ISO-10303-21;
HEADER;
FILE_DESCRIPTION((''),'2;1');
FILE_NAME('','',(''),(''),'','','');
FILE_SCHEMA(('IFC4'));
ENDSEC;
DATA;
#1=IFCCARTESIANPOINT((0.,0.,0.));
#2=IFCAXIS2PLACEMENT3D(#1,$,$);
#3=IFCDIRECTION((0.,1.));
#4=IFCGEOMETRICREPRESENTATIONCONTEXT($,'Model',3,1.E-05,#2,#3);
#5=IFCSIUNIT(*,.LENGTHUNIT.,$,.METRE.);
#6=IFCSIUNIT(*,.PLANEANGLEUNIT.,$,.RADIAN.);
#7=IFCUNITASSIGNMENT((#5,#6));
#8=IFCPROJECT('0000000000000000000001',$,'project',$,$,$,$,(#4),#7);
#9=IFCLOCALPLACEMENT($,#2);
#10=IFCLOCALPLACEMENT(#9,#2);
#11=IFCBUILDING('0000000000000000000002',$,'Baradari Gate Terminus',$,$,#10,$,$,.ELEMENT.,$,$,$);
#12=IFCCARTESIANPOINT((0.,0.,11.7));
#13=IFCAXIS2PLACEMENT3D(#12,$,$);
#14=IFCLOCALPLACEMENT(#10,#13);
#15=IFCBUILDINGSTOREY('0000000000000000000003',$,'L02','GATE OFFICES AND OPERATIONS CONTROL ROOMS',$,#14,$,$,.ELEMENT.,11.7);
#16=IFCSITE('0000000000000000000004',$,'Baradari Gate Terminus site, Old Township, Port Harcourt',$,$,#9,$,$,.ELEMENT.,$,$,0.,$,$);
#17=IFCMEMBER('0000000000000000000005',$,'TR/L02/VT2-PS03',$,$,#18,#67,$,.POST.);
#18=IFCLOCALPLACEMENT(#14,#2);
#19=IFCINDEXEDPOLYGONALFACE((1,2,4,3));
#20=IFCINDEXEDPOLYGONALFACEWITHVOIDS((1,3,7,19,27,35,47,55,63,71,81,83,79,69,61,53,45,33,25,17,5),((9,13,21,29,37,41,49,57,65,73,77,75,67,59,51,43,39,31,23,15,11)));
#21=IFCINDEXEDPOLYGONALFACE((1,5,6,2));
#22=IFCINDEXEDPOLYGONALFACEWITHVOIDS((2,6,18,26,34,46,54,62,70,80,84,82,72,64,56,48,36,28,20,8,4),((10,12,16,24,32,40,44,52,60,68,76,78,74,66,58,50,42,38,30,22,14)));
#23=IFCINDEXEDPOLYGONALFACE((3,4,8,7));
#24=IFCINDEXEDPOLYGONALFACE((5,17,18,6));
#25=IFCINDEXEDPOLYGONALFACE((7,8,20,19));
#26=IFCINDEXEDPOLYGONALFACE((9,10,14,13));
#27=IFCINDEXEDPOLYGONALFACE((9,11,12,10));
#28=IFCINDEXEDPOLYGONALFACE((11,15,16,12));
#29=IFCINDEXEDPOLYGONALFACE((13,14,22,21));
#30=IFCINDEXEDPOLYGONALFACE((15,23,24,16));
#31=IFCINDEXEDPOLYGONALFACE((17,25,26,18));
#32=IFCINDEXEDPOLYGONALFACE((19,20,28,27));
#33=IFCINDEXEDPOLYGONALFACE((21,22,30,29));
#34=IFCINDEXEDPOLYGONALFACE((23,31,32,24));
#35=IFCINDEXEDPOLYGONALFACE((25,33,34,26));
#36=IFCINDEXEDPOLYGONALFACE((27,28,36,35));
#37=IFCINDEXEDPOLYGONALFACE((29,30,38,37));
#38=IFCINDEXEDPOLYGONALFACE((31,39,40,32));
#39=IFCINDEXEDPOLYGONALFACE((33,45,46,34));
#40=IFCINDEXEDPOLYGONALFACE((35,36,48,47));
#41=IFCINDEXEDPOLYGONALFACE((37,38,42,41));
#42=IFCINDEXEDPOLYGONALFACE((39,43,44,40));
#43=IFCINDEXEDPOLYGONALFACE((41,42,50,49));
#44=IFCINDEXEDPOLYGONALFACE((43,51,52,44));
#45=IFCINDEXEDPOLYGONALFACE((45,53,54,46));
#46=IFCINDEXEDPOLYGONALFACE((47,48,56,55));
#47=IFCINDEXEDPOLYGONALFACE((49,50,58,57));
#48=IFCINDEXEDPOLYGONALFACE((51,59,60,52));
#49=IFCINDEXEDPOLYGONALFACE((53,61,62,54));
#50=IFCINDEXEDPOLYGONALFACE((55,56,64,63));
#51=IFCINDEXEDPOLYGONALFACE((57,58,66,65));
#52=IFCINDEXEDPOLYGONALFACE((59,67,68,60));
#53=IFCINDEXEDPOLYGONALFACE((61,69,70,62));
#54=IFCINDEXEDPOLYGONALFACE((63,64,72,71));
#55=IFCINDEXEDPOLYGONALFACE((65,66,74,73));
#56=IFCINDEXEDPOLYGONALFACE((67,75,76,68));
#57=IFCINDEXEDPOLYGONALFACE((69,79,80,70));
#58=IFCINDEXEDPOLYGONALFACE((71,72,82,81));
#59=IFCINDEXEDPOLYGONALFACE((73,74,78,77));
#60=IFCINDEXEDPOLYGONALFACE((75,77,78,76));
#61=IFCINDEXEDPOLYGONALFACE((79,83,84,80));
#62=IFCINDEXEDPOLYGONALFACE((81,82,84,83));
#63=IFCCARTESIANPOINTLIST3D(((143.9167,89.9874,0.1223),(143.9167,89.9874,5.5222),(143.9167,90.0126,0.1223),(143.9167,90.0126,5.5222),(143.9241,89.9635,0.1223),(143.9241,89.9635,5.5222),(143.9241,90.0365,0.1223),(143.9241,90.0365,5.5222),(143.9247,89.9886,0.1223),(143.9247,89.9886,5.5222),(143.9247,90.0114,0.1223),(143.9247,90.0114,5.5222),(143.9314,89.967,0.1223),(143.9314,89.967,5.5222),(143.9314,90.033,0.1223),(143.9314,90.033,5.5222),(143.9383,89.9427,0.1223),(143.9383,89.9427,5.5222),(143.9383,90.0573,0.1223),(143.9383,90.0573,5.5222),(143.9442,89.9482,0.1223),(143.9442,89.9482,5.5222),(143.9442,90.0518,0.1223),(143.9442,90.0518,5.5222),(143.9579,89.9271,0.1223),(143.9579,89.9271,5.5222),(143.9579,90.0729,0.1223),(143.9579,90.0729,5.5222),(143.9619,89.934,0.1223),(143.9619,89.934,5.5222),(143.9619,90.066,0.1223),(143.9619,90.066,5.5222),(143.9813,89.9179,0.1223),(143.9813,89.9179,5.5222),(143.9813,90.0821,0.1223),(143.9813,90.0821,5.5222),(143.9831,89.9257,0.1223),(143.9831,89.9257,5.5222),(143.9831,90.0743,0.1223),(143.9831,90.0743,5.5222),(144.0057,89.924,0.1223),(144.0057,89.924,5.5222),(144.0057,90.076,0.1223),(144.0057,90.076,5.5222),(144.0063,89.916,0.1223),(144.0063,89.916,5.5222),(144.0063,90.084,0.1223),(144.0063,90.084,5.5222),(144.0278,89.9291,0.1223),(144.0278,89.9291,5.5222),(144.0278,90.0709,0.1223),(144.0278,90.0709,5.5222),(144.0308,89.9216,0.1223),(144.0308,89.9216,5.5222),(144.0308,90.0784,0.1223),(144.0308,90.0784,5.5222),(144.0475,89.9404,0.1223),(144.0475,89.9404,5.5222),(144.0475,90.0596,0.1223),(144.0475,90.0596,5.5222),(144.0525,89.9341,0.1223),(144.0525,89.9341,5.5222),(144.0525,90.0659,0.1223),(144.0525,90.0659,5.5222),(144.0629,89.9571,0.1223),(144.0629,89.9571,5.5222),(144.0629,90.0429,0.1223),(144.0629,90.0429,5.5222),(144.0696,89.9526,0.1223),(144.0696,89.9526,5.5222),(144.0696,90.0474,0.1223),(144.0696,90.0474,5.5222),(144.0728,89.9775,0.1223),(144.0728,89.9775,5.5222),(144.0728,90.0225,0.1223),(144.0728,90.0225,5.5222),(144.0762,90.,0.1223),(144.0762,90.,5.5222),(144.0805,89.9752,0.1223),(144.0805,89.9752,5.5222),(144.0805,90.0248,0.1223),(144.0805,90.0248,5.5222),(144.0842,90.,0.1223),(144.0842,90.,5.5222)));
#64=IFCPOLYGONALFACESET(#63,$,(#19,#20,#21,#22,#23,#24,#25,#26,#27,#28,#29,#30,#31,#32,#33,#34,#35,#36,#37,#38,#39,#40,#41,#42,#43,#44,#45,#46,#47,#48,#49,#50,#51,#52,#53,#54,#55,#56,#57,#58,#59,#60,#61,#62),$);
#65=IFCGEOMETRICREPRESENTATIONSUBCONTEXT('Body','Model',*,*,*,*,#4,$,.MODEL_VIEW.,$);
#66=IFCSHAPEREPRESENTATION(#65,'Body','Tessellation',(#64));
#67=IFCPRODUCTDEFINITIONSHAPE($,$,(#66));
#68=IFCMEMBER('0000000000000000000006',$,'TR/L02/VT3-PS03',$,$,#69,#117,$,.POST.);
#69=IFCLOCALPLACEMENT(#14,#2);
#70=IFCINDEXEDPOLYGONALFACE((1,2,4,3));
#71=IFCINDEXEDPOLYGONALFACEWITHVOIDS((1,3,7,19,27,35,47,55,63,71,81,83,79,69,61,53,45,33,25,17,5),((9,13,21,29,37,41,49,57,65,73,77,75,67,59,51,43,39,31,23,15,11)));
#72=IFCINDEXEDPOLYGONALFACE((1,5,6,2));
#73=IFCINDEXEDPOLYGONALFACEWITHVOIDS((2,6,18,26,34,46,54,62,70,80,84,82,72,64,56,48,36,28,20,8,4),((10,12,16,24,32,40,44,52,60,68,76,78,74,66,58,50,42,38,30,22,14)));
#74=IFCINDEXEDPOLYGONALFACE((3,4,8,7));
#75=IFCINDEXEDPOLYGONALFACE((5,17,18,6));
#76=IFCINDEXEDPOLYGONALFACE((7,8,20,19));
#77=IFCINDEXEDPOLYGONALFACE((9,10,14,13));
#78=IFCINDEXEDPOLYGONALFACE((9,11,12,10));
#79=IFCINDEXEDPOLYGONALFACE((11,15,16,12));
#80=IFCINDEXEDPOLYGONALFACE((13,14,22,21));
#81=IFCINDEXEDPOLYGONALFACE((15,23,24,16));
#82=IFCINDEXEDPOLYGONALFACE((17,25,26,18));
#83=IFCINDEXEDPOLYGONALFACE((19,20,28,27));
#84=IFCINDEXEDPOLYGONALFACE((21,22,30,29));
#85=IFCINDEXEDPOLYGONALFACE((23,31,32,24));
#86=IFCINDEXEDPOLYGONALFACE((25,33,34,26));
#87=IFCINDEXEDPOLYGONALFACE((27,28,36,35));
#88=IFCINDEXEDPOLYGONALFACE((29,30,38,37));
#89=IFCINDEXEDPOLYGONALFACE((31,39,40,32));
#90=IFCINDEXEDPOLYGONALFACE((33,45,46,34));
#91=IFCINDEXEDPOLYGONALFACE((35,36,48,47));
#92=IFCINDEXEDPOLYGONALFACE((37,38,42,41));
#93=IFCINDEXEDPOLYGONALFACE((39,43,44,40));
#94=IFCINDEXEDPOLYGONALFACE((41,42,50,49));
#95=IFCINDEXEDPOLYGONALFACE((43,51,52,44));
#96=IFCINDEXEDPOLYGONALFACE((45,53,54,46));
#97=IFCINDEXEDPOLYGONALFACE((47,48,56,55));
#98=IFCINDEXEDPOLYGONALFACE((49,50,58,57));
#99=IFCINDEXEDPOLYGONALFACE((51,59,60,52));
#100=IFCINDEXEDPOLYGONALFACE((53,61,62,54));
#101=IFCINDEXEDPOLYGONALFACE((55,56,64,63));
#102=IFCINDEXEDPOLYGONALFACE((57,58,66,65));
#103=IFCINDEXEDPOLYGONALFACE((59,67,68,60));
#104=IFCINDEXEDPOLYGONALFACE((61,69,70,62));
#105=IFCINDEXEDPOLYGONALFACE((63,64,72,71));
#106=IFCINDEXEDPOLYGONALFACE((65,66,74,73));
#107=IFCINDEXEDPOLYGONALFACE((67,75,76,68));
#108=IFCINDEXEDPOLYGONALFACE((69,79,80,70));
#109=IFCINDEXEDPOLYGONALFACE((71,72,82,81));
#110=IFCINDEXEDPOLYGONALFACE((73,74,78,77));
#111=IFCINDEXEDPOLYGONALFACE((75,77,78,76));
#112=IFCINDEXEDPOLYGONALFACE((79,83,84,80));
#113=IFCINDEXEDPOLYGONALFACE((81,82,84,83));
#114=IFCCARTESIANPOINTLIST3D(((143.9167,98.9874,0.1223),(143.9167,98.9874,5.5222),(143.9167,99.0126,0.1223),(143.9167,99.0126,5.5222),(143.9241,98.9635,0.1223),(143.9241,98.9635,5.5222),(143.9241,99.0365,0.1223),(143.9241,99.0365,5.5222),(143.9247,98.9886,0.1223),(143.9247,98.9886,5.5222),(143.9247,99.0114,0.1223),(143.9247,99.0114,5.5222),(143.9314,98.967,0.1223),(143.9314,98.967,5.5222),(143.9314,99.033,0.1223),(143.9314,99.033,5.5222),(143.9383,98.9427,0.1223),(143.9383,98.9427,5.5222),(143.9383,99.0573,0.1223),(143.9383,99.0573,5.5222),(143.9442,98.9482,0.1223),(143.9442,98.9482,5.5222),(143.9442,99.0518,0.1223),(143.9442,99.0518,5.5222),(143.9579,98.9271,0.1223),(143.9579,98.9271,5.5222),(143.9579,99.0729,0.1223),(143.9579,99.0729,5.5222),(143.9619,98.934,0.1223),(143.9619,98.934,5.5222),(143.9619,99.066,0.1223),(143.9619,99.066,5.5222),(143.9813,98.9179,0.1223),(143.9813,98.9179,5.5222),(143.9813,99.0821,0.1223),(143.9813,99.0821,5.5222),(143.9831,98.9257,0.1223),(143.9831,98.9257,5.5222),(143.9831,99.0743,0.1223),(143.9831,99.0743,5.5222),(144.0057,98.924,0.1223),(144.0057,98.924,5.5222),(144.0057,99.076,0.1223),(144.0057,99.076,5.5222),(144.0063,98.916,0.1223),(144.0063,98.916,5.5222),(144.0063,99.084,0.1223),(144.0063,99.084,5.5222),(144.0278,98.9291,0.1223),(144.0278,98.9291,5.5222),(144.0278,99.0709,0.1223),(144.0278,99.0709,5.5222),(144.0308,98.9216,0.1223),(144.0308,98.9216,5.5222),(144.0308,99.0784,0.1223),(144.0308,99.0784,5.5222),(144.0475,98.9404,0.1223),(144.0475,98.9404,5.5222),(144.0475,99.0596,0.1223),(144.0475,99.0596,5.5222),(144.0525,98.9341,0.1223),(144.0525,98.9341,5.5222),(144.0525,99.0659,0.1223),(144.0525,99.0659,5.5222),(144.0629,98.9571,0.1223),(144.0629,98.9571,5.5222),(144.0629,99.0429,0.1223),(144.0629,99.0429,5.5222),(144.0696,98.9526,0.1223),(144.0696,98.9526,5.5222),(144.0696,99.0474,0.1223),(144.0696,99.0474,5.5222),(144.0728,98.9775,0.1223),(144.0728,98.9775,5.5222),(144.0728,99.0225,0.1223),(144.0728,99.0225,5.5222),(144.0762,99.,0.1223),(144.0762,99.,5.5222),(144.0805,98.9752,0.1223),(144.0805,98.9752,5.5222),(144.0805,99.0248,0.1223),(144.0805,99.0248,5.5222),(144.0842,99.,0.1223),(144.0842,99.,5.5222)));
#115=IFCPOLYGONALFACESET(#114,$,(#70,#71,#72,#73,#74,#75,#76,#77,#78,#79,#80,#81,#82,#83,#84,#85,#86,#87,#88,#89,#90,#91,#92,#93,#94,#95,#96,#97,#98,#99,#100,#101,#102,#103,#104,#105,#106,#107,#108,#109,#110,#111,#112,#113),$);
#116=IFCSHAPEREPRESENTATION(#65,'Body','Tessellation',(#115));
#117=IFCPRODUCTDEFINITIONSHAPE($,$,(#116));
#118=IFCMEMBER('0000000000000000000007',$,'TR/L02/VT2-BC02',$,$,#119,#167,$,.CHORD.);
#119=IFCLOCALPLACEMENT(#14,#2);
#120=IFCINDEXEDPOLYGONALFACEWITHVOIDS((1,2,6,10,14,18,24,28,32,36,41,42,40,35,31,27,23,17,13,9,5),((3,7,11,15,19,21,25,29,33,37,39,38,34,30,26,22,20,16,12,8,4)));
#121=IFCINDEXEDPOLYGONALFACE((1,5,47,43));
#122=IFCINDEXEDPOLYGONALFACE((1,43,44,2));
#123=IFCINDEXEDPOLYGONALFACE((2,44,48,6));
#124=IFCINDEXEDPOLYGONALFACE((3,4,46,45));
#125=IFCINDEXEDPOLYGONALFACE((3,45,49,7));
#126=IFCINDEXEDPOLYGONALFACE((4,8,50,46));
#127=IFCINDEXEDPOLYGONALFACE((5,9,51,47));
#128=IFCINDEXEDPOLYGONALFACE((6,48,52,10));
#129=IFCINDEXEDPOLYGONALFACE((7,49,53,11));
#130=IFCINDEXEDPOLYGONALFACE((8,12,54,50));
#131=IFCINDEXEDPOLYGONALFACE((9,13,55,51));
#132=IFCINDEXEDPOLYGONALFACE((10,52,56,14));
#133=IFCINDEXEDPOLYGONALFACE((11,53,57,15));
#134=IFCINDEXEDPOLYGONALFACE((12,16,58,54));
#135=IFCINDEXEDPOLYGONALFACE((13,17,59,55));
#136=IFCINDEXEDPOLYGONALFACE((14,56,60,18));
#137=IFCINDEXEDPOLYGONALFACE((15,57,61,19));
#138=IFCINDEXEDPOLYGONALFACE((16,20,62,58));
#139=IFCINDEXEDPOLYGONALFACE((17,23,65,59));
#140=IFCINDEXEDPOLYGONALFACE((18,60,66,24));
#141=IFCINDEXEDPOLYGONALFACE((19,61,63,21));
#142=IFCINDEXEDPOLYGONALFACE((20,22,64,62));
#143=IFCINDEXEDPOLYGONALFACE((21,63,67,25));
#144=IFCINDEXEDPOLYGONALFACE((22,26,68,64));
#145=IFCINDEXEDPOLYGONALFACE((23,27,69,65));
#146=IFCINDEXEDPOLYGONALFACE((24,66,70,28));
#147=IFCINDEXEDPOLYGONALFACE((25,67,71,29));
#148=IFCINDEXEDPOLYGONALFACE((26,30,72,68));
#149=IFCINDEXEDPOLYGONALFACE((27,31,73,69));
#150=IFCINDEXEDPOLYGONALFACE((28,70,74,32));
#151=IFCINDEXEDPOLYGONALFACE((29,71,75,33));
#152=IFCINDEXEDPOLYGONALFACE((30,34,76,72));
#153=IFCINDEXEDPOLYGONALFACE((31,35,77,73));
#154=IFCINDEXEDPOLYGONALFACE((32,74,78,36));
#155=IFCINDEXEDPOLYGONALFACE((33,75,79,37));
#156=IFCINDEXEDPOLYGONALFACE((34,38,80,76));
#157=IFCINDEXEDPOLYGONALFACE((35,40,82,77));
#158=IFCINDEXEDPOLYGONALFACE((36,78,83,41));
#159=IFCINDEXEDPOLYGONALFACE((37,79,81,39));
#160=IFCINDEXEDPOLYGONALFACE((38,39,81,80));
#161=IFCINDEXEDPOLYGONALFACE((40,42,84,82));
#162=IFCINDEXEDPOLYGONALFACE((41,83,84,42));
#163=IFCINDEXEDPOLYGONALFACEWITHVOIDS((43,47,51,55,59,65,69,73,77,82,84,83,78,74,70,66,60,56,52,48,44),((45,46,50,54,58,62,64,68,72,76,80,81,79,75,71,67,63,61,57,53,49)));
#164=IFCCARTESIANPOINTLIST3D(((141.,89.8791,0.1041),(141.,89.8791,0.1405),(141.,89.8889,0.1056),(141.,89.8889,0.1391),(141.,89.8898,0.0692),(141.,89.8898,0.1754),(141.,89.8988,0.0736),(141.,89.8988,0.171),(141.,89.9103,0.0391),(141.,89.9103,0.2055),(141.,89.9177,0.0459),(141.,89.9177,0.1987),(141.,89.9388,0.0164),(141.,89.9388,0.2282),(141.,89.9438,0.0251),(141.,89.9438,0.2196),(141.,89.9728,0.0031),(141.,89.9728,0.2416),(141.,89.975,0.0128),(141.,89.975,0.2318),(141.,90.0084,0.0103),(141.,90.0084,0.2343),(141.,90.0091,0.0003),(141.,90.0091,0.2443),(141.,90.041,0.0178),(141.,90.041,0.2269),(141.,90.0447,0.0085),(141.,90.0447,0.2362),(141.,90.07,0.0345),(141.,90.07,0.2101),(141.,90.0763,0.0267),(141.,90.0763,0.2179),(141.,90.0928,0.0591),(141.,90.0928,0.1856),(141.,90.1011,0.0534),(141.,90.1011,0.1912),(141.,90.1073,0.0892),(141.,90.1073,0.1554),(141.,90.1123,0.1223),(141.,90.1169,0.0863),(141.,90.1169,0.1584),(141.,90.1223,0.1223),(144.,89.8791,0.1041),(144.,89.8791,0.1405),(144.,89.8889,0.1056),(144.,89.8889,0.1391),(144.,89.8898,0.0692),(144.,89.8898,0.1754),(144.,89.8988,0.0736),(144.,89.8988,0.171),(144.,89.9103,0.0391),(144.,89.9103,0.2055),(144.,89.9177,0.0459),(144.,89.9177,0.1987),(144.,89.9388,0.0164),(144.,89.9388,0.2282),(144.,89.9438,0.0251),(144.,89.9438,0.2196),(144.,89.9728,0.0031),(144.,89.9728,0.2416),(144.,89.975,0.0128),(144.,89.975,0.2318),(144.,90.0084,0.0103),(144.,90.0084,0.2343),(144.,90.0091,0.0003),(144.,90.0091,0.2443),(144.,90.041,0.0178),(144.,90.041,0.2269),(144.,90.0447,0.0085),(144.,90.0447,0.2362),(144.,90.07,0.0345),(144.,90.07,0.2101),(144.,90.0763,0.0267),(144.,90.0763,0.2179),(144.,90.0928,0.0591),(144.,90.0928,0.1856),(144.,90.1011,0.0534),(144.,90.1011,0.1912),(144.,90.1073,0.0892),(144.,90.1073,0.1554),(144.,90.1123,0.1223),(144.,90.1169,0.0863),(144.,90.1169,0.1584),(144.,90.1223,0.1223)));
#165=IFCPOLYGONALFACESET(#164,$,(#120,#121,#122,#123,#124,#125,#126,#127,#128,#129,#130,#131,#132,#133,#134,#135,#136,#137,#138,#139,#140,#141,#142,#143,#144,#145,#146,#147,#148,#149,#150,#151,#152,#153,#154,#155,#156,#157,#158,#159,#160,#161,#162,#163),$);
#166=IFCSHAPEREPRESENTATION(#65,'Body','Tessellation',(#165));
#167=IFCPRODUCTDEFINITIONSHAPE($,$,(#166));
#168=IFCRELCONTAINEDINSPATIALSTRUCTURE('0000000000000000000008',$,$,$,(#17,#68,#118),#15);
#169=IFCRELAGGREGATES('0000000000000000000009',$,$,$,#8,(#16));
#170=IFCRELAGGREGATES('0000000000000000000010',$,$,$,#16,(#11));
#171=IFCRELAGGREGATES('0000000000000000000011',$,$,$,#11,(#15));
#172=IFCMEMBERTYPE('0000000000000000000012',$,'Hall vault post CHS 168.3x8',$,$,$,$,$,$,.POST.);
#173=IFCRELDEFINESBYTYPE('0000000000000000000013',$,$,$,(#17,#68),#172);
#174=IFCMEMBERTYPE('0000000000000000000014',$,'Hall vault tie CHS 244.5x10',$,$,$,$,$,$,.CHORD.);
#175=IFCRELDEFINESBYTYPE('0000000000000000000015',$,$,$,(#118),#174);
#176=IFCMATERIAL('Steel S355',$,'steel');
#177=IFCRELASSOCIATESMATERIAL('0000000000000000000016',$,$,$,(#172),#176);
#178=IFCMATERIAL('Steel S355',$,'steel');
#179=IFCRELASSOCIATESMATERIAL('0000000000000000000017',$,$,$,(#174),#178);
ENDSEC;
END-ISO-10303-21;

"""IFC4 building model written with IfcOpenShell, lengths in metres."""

from ifc_helpers import new_model, si_unit, direction, frame, origin, origin_2d, place, context, subcontext, project, spatial, hollow_circle, extrude, material, material_profile, profile_set, type_object, element, save


model = new_model("IFC4")

# Units and contexts
model_context = context("Model", 3, precision=1e-05, world=origin(), true_north=direction((0.0, 1.0)))
body_context = subcontext(model_context, "Body", "Model", "MODEL_VIEW")
ifc_project = project(units=[si_unit("LENGTHUNIT", "METRE"), si_unit("PLANEANGLEUNIT", "RADIAN")], contexts=[model_context])

# Site, building, storey
site_placement = place(None, origin())
site = spatial("IfcSite", under=ifc_project, at=site_placement, Name="Baradari Gate Terminus site, Old Township, Port Harcourt", CompositionType="ELEMENT", RefElevation=0.0)
building_placement = place(site_placement, origin())
building = spatial("IfcBuilding", under=site, at=building_placement, Name="Baradari Gate Terminus", CompositionType="ELEMENT")
storey_placement = place(building_placement, frame((0.0, 0.0, 11.7)))
storey = spatial("IfcBuildingStorey", under=building, at=storey_placement, Name="L02", Description="GATE OFFICES AND OPERATIONS CONTROL ROOMS", CompositionType="ELEMENT", Elevation=11.7)

# Members
ifc_material_1 = material(Name="Steel S355", Category="steel")
ifc_material_profile_1 = material_profile(ifc_material_1, hollow_circle(Radius=0.0842, WallThickness=0.0081, at=origin_2d()), Name="CHS 168.3x8")
ifc_profile_set_1 = profile_set([ifc_material_profile_1], Name="Steel S355")
member_type_1 = type_object("IfcMemberType", Name="Hall vault post CHS 168.3x8", PredefinedType="POST", material=ifc_profile_set_1)
for number, where, z_axis, x_axis, name in (
    (1, (144.0, 90.0, 0.1223), (0.0, 0.0, 1.0), (1.0, 0.0, 0.0), "TR/L02/VT2-PS03"),
    (2, (144.0, 99.0, 0.1223), (0.0, 0.0, 1.0), (1.0, 0.0, 0.0), "TR/L02/VT3-PS03"),
):
    element("IfcMember", number, at=place(storey_placement, frame(where, z_axis=z_axis, x_axis=x_axis)), inside=storey, type_object=member_type_1, Name=name, PredefinedType="POST", context=body_context, shape_type="SweptSolid", body=[
        extrude(hollow_circle(Radius=0.0842, WallThickness=0.0081, at=origin_2d()), origin(), (0.0, 0.0, 1.0), 5.3999),
    ])
ifc_material_2 = material(Name="Steel S355", Category="steel")
ifc_material_profile_2 = material_profile(ifc_material_2, hollow_circle(Radius=0.1223, WallThickness=0.01, at=origin_2d()), Name="CHS 244.5x10")
ifc_profile_set_2 = profile_set([ifc_material_profile_2], Name="Steel S355")
member_type_2 = type_object("IfcMemberType", Name="Hall vault tie CHS 244.5x10", PredefinedType="CHORD", material=ifc_profile_set_2)
for number, where, z_axis, x_axis, name in (
    (3, (141.0, 90.0, 0.1223), (1.0, 0.0, 0.0), (0.0, 1.0, 0.0), "TR/L02/VT2-BC02"),
):
    element("IfcMember", number, at=place(storey_placement, frame(where, z_axis=z_axis, x_axis=x_axis)), inside=storey, type_object=member_type_2, Name=name, PredefinedType="CHORD", context=body_context, shape_type="SweptSolid", body=[
        extrude(hollow_circle(Radius=0.1223, WallThickness=0.01, at=origin_2d()), origin(), (0.0, 0.0, 1.0), 3.0),
    ])

save(model, "model.ifc")
